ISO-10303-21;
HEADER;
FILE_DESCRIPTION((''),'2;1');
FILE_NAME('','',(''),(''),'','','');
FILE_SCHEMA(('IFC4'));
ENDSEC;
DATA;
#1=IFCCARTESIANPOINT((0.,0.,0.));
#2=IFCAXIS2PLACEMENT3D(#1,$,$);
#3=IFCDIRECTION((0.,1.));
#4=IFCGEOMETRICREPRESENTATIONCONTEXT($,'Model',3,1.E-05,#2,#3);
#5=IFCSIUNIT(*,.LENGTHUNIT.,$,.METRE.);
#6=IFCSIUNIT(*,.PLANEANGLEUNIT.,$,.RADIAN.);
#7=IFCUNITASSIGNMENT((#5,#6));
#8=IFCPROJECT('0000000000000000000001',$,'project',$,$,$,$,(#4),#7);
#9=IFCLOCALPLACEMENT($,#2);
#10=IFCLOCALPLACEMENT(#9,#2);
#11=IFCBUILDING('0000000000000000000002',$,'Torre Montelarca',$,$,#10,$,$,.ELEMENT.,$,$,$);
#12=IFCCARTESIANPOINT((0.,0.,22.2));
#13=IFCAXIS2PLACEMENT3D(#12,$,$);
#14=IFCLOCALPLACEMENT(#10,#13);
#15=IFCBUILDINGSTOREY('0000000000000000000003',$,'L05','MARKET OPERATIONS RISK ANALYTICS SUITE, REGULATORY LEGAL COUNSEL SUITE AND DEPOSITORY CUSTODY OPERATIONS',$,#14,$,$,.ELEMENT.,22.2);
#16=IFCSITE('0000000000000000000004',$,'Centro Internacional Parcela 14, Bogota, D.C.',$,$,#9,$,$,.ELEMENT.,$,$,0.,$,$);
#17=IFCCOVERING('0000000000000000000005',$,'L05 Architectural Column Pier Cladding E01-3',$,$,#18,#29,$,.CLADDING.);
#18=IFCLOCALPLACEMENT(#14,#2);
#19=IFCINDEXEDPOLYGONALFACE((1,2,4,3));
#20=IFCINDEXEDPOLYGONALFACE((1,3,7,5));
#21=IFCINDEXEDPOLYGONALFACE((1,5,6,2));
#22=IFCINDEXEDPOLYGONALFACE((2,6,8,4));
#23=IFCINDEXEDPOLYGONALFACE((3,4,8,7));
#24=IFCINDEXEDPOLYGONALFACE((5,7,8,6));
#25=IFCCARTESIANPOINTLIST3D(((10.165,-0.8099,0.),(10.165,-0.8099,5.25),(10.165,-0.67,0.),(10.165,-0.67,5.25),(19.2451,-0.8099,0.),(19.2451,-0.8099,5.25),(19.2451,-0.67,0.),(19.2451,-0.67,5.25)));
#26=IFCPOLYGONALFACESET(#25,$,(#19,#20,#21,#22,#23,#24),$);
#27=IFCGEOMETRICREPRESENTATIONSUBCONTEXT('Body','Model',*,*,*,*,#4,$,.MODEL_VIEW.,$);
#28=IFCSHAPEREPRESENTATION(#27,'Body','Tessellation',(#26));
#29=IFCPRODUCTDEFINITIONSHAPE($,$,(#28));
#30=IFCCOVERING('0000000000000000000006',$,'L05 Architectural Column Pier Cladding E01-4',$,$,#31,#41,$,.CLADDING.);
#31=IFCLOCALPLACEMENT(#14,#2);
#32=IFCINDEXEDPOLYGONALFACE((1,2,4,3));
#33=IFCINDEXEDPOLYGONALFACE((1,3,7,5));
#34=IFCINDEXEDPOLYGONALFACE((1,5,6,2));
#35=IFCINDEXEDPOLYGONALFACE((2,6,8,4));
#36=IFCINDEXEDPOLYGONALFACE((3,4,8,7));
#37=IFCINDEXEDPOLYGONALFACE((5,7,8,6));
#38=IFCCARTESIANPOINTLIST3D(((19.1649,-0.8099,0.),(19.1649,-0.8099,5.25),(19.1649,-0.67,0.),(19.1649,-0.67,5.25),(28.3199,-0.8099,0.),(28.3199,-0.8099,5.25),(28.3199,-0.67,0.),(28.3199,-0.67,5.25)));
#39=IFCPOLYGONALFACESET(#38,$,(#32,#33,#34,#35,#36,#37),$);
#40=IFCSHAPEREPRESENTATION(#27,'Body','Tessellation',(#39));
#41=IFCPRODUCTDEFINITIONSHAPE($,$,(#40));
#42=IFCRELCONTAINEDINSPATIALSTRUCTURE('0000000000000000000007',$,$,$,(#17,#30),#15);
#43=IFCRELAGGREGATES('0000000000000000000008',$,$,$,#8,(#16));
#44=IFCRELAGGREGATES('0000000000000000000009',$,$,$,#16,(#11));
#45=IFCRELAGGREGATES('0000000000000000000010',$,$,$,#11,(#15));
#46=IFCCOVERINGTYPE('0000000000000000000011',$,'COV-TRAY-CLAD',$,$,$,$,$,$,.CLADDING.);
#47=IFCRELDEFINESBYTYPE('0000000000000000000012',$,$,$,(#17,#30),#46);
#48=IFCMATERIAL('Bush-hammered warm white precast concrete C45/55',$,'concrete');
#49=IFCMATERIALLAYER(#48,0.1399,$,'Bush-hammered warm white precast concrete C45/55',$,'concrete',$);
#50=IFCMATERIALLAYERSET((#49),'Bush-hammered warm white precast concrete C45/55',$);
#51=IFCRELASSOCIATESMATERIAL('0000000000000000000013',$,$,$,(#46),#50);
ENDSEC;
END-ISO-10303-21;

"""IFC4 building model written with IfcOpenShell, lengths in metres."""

from ifc_helpers import new_model, si_unit, direction, frame, origin, origin_2d, place, context, subcontext, project, spatial, rectangle, extrude, source, transform, mapped, material, layer, layer_set, type_object, element, save


model = new_model("IFC4")

# Units and contexts
model_context = context("Model", 3, precision=1e-05, world=origin(), true_north=direction((0.0, 1.0)))
body_context = subcontext(model_context, "Body", "Model", "MODEL_VIEW")
ifc_project = project(units=[si_unit("LENGTHUNIT", "METRE"), si_unit("PLANEANGLEUNIT", "RADIAN")], contexts=[model_context])

# Site, building, storey
site_placement = place(None, origin())
site = spatial("IfcSite", under=ifc_project, at=site_placement, Name="Centro Internacional Parcela 14, Bogota, D.C.", CompositionType="ELEMENT", RefElevation=0.0)
building_placement = place(site_placement, origin())
building = spatial("IfcBuilding", under=site, at=building_placement, Name="Torre Montelarca", CompositionType="ELEMENT")
storey_placement = place(building_placement, frame((0.0, 0.0, 22.2)))
storey = spatial("IfcBuildingStorey", under=building, at=storey_placement, Name="L05", Description="MARKET OPERATIONS RISK ANALYTICS SUITE, REGULATORY LEGAL COUNSEL SUITE AND DEPOSITORY CUSTODY OPERATIONS", CompositionType="ELEMENT", Elevation=22.2)

# Coverings
ifc_material_1 = material(Name="Bush-hammered warm white precast concrete C45/55", Category="concrete")
ifc_layer_1 = layer(ifc_material_1, 0.1399, Name="Bush-hammered warm white precast concrete C45/55", Category="concrete")
ifc_layer_set_1 = layer_set([ifc_layer_1], Name="Bush-hammered warm white precast concrete C45/55")
covering_type = type_object("IfcCoveringType", Name="COV-TRAY-CLAD", PredefinedType="CLADDING", material=ifc_layer_set_1)
shared_shape_1 = source(origin(), body_context, "Body", "SweptSolid", [
    extrude(rectangle(XDim=9.0801, YDim=0.1399, at=origin_2d()), origin(), (0.0, 0.0, 1.0), 5.25),
])
covering_1_placement = place(storey_placement, frame((14.7051, -0.74, 0.0), z_axis=(0.0, 0.0, 1.0), x_axis=(1.0, 0.0, 0.0)))
element("IfcCovering", 1, at=covering_1_placement, inside=storey, type_object=covering_type, Name="L05 Architectural Column Pier Cladding E01-3", PredefinedType="CLADDING", context=body_context, shape_type="MappedRepresentation", body=[
    mapped(shared_shape_1, transform((0.0, 0.0, 0.0), scale=1.0)),
])
shared_shape_2 = source(origin(), body_context, "Body", "SweptSolid", [
    extrude(rectangle(XDim=9.155, YDim=0.1399, at=origin_2d()), origin(), (0.0, 0.0, 1.0), 5.25),
])
covering_2_placement = place(storey_placement, frame((23.7424, -0.74, 0.0), z_axis=(0.0, 0.0, 1.0), x_axis=(1.0, 0.0, 0.0)))
element("IfcCovering", 2, at=covering_2_placement, inside=storey, type_object=covering_type, Name="L05 Architectural Column Pier Cladding E01-4", PredefinedType="CLADDING", context=body_context, shape_type="MappedRepresentation", body=[
    mapped(shared_shape_2, transform((0.0, 0.0, 0.0), scale=1.0)),
])

save(model, "model.ifc")
